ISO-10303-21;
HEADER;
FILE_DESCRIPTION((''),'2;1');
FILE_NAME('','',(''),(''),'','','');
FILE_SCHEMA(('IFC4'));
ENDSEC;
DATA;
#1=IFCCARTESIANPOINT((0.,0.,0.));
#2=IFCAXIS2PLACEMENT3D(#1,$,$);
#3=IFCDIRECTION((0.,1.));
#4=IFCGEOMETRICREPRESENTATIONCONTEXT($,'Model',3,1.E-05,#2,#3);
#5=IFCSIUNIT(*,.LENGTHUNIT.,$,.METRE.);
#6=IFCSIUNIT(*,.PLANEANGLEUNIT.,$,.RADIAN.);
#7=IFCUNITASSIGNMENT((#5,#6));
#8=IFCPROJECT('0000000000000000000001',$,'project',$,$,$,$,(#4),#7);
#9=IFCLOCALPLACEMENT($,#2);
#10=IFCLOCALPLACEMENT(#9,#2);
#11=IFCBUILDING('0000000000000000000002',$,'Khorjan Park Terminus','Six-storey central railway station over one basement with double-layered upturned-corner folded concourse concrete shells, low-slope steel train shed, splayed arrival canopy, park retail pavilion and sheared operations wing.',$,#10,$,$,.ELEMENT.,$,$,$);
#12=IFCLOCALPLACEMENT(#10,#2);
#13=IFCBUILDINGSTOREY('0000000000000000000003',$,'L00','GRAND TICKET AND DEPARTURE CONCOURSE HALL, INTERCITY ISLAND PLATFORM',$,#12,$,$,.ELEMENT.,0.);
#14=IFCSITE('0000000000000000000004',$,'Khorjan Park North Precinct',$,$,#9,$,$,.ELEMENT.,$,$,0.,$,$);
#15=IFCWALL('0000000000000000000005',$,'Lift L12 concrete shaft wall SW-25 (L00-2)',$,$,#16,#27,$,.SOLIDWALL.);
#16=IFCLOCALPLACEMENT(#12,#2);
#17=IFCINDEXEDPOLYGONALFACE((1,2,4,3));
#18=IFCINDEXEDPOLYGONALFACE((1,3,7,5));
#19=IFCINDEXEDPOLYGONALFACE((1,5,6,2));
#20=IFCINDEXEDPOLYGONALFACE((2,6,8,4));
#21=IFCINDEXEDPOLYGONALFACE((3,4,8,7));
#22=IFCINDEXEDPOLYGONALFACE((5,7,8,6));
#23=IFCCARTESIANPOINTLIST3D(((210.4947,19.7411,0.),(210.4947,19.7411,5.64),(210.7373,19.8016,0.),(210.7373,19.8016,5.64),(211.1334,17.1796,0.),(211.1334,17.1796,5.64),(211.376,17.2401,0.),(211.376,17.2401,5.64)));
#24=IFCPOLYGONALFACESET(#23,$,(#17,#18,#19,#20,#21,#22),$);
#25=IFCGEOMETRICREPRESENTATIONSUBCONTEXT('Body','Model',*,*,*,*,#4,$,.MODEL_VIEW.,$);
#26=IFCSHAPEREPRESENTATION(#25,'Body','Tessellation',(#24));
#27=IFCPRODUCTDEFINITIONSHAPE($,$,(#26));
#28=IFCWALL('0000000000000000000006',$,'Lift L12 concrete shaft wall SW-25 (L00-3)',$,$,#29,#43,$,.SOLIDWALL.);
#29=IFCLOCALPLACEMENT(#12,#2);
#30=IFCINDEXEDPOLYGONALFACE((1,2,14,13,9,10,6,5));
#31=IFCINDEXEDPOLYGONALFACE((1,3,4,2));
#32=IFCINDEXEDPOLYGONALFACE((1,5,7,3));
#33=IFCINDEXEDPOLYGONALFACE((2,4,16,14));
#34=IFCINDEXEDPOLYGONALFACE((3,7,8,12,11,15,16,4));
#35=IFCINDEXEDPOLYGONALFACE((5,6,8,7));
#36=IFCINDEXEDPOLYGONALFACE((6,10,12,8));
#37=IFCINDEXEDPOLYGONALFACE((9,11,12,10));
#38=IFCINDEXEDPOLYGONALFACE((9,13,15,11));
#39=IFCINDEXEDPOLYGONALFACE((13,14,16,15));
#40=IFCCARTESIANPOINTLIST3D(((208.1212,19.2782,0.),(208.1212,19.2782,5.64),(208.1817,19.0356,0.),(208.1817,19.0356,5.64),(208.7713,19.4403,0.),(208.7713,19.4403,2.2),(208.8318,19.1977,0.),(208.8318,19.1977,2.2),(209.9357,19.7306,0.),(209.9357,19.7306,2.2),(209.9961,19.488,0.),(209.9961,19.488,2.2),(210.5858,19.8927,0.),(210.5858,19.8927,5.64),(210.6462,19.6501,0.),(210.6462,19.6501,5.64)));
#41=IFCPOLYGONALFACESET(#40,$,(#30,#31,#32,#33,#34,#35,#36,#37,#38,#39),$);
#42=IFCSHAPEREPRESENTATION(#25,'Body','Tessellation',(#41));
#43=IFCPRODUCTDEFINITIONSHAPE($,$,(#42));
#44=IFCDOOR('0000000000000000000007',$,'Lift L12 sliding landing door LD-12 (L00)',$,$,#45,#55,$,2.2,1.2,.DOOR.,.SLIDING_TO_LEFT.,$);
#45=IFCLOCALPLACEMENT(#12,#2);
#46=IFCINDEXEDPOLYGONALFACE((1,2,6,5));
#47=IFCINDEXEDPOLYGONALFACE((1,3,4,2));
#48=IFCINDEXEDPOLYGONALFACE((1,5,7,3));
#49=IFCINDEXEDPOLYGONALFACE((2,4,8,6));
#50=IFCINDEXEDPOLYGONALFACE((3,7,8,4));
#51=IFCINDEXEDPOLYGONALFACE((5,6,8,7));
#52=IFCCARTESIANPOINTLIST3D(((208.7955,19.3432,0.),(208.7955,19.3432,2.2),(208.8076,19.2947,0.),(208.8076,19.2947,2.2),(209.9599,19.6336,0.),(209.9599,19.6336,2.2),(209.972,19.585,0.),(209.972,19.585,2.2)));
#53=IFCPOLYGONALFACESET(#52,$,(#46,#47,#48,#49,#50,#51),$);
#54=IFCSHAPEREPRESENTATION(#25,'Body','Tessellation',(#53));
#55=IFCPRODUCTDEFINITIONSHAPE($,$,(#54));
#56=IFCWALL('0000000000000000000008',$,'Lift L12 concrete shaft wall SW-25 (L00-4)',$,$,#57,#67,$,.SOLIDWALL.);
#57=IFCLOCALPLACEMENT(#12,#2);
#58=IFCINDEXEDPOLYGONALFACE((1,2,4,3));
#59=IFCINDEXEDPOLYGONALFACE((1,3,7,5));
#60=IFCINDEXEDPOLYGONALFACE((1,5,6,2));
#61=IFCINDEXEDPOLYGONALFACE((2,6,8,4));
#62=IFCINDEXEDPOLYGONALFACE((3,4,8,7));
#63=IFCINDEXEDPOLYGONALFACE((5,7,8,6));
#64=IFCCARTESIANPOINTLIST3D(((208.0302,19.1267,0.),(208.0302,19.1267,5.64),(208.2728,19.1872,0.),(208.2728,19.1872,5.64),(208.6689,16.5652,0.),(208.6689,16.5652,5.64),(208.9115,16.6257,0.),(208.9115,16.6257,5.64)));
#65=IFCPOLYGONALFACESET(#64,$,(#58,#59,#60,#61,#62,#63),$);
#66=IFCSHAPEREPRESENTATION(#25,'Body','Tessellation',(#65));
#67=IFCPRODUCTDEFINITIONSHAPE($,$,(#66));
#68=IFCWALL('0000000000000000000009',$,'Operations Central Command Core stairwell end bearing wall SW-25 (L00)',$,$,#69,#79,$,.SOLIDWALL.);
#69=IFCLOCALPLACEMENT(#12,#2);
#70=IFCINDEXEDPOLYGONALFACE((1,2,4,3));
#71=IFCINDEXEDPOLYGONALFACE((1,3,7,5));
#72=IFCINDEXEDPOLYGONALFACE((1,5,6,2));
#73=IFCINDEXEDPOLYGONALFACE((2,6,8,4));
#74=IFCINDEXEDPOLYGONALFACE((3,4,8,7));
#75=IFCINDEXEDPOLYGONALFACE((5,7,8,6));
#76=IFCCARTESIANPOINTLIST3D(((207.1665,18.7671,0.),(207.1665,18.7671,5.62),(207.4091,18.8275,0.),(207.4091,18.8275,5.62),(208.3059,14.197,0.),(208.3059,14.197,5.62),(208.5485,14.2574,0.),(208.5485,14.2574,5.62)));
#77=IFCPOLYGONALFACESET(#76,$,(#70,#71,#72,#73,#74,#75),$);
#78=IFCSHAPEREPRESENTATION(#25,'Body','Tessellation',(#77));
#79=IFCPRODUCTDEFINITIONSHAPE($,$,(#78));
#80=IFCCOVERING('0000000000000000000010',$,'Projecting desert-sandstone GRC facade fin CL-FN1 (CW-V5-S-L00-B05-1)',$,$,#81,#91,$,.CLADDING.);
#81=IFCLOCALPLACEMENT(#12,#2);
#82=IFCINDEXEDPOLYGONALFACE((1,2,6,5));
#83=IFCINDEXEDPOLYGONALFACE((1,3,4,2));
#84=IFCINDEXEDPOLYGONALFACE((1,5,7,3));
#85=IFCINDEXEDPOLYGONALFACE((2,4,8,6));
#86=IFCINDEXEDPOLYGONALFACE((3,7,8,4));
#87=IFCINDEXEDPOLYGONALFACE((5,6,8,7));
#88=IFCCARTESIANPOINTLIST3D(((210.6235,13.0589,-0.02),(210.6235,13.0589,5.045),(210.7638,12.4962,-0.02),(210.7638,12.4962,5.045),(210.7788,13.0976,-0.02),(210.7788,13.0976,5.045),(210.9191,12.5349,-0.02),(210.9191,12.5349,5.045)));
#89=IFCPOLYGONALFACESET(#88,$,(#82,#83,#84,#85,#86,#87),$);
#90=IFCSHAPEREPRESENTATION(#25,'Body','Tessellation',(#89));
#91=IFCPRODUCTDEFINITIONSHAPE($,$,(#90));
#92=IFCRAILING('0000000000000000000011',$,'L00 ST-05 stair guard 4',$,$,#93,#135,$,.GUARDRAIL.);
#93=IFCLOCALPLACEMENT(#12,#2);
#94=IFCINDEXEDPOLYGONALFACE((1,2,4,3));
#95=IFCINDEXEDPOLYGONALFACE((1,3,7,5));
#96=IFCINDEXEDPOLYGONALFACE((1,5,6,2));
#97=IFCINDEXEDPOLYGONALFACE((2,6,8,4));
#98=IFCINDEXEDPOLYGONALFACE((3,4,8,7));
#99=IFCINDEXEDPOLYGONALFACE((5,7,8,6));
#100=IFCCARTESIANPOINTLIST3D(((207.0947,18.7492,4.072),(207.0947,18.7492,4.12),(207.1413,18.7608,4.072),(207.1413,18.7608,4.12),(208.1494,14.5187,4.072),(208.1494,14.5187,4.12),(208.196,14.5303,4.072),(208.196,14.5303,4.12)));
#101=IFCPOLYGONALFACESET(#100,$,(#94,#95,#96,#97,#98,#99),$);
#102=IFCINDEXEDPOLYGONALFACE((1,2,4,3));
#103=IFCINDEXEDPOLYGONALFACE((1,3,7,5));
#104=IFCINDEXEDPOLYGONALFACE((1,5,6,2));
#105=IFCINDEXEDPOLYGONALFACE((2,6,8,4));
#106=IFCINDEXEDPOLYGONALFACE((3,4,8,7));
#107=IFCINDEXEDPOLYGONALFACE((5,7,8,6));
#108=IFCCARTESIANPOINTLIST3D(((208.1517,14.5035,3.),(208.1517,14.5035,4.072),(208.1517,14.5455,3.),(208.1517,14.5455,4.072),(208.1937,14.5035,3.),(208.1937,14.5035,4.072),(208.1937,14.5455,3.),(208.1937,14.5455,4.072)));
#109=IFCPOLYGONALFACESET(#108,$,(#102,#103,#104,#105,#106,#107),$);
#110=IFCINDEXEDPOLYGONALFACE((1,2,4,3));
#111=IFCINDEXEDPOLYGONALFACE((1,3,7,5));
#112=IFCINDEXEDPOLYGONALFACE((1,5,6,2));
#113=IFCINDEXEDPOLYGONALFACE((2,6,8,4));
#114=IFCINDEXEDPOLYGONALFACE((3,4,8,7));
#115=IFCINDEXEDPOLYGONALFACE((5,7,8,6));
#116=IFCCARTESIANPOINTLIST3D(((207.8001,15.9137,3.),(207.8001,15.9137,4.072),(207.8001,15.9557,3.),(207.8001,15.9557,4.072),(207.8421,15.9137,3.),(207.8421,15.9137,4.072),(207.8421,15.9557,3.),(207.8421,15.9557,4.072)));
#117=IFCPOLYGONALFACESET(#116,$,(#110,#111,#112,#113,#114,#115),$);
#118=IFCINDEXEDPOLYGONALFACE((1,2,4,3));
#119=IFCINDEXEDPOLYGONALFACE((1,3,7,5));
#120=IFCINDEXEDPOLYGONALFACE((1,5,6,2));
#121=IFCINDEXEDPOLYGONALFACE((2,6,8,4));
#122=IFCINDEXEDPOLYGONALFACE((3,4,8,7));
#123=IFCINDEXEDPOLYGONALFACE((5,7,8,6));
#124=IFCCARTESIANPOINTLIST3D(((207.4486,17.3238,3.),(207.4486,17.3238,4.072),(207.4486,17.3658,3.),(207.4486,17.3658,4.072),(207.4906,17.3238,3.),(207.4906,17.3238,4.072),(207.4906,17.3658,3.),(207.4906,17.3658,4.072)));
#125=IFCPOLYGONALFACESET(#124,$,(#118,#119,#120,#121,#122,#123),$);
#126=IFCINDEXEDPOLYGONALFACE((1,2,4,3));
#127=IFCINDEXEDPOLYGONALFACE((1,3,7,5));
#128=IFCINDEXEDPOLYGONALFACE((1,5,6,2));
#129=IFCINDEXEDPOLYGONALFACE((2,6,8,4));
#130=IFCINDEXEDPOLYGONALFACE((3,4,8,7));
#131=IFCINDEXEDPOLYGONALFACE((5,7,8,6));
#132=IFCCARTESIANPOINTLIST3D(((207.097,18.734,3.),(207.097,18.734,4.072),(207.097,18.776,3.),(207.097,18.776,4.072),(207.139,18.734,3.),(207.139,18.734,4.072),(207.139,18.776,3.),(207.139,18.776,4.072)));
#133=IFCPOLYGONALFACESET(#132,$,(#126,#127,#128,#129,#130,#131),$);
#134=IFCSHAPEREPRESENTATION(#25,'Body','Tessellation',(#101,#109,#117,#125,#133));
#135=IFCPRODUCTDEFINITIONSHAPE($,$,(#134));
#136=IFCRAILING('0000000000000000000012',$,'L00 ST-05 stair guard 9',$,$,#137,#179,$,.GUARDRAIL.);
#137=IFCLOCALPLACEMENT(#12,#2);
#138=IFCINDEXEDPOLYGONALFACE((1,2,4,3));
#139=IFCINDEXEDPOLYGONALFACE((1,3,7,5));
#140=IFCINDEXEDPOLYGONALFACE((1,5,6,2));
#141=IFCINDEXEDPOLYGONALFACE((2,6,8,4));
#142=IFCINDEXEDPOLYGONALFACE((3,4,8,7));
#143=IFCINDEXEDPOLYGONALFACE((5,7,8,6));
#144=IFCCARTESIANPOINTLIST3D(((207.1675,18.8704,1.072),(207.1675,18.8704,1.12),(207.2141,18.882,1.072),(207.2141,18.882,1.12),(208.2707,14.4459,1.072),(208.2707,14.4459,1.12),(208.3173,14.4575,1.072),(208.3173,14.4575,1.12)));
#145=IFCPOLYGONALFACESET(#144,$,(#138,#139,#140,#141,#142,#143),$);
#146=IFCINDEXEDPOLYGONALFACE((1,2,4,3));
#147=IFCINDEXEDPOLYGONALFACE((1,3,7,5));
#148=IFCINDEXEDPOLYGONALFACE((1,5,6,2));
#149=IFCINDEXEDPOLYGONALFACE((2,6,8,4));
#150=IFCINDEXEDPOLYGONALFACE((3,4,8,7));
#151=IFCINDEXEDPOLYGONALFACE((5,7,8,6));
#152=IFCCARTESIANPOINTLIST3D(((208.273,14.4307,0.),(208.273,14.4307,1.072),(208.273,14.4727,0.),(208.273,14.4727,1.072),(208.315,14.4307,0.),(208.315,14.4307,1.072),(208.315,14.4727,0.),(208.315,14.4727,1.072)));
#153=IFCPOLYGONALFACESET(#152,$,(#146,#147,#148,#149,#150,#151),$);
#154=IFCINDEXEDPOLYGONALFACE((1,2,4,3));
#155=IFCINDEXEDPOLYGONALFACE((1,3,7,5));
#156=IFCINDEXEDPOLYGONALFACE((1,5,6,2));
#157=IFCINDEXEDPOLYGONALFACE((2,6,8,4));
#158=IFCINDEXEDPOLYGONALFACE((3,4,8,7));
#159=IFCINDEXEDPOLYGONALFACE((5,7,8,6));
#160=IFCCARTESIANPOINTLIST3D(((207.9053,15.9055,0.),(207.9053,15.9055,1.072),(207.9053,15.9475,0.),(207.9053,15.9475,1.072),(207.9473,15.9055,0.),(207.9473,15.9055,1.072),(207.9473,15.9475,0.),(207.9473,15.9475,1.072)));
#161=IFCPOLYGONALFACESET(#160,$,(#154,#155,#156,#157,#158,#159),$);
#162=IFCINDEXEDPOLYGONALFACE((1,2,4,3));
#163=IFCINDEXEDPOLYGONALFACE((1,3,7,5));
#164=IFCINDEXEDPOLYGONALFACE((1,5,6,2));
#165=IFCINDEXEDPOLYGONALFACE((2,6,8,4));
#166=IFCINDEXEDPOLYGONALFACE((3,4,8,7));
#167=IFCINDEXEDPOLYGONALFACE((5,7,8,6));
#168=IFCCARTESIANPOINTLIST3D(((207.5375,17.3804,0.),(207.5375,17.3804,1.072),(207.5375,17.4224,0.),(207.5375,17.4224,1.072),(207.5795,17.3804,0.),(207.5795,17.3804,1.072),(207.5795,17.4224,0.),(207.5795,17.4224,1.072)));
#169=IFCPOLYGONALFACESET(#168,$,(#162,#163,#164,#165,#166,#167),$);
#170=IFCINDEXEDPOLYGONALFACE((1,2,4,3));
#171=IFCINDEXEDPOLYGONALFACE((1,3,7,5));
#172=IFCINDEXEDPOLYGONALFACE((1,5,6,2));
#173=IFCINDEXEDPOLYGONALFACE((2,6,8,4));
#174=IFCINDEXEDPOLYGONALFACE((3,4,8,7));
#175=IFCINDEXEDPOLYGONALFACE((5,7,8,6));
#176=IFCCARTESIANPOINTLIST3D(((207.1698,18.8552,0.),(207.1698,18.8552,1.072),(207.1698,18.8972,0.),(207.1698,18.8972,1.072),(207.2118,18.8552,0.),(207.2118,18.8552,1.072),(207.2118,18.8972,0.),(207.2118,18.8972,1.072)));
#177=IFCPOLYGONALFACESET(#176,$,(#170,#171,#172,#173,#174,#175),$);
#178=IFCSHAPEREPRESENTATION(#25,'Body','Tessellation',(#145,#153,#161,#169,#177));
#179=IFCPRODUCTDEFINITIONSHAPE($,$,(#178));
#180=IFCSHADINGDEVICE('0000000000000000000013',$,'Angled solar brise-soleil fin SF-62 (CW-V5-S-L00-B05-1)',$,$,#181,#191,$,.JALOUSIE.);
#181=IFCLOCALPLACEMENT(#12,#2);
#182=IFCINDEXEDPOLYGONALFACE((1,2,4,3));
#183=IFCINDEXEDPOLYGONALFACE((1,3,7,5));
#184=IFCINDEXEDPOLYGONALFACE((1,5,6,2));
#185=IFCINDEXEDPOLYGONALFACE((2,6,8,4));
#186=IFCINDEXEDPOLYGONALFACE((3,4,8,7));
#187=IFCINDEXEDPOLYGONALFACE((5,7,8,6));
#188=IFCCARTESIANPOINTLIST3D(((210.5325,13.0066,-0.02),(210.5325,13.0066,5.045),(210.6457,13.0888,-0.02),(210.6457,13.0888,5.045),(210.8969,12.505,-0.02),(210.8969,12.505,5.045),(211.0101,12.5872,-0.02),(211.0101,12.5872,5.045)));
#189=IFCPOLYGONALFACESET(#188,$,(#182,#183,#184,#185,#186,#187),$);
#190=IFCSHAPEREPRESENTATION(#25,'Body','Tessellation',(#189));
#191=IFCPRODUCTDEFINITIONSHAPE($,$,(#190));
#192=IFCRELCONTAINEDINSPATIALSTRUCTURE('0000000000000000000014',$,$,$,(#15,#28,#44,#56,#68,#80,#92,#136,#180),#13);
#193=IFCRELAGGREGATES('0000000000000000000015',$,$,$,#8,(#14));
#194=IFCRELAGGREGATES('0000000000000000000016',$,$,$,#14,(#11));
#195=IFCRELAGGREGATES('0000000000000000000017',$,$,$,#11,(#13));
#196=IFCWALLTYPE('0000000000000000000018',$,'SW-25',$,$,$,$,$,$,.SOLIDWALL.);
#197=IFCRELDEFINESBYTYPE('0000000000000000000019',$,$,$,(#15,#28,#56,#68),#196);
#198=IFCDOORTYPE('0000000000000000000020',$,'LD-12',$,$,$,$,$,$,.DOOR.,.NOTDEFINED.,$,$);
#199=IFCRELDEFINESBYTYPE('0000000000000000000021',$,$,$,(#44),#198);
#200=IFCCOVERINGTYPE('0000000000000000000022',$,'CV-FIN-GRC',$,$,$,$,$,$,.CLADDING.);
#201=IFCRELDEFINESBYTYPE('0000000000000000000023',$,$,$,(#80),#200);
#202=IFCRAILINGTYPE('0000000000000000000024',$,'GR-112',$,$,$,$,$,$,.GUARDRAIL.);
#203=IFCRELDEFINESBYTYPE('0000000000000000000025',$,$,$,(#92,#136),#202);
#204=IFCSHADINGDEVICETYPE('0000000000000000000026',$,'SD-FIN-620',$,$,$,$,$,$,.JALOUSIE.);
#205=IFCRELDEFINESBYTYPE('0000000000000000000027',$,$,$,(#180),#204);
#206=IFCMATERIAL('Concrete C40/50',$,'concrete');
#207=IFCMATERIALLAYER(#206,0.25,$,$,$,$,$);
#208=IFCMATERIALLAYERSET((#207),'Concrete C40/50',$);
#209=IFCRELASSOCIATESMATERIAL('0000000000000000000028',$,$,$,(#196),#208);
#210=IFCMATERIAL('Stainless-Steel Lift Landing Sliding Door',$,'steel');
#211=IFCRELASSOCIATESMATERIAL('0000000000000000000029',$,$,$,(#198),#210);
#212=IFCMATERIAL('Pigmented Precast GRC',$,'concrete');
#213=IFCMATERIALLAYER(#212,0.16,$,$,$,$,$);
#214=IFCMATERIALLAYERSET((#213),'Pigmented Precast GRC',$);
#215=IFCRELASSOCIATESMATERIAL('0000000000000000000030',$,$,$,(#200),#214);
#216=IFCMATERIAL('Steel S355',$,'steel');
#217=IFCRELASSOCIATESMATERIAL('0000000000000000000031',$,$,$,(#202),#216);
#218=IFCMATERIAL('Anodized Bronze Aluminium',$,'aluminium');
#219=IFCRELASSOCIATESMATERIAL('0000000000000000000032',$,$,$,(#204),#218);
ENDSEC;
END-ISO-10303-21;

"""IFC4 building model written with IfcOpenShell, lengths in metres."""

from ifc_helpers import new_model, si_unit, direction, frame, frame_2d, origin, origin_2d, place, context, subcontext, project, spatial, rectangle, extrude, material, layer, layer_set, type_object, element, fill, save


model = new_model("IFC4")

# Units and contexts
model_context = context("Model", 3, precision=1e-05, world=origin(), true_north=direction((0.0, 1.0)))
body_context = subcontext(model_context, "Body", "Model", "MODEL_VIEW")
ifc_project = project(units=[si_unit("LENGTHUNIT", "METRE"), si_unit("PLANEANGLEUNIT", "RADIAN")], contexts=[model_context])

# Site, building, storey
site_placement = place(None, origin())
site = spatial("IfcSite", under=ifc_project, at=site_placement, Name="Khorjan Park North Precinct", CompositionType="ELEMENT", RefElevation=0.0)
building_placement = place(site_placement, origin())
building = spatial("IfcBuilding", under=site, at=building_placement, Name="Khorjan Park Terminus", Description="Six-storey central railway station over one basement with double-layered upturned-corner folded concourse concrete shells, low-slope steel train shed, splayed arrival canopy, park retail pavilion and sheared operations wing.", CompositionType="ELEMENT")
storey_placement = place(building_placement, origin())
storey = spatial("IfcBuildingStorey", under=building, at=storey_placement, Name="L00", Description="GRAND TICKET AND DEPARTURE CONCOURSE HALL, INTERCITY ISLAND PLATFORM", CompositionType="ELEMENT", Elevation=0.0)

# Shared definitions
ifc_material_1 = material(Name="Concrete C40/50", Category="concrete")

# Shared definitions
ifc_material_2 = material(Name="Anodized Bronze Aluminium", Category="aluminium")

# Wall
ifc_layer_1 = layer(ifc_material_1, 0.25)
ifc_layer_set_1 = layer_set([ifc_layer_1], Name="Concrete C40/50")
wall_type = type_object("IfcWallType", Name="SW-25", PredefinedType="SOLIDWALL", material=ifc_layer_set_1)
wall_1_placement = place(storey_placement, frame((211.2547, 17.2099, 0.0), z_axis=(0.0, 0.0, 1.0), x_axis=(-0.241938, 0.970292, 0.0)))
element("IfcWall", 1, at=wall_1_placement, inside=storey, type_object=wall_type, Name="Lift L12 concrete shaft wall SW-25 (L00-2)", PredefinedType="SOLIDWALL", context=body_context, shape_type="SweptSolid", body=[
    extrude(rectangle(XDim=2.6399, YDim=0.25, at=frame_2d((1.3199, 0.0))), origin(), (0.0, 0.0, 1.0), 5.64),
])

# Wall, opening, door
wall_2_placement = place(storey_placement, frame((210.616, 19.7714, 0.0), z_axis=(0.0, 0.0, 1.0), x_axis=(-0.970293, -0.241933, 0.0)))
wall_2 = element("IfcWall", 2, at=wall_2_placement, inside=storey, type_object=wall_type, Name="Lift L12 concrete shaft wall SW-25 (L00-3)", PredefinedType="SOLIDWALL", context=body_context, shape_type="SweptSolid", body=[
    extrude(rectangle(XDim=2.54, YDim=0.25, at=frame_2d((1.27, 0.0))), origin(), (0.0, 0.0, 1.0), 5.64),
])
opening_placement = place(wall_2_placement, frame((0.67, 0.0, 0.0)))
opening = element("IfcOpeningElement", 3, at=opening_placement, cuts=wall_2, PredefinedType="OPENING", context=body_context, shape_type="SweptSolid", body=[
    extrude(rectangle(XDim=1.2, YDim=2.2, at=frame_2d((0.6, 1.1))), frame((0.0, 0.135, 0.0), z_axis=(0.0, -1.0, 0.0), x_axis=(1.0, 0.0, 0.0)), (0.0, 0.0, 1.0), 0.27),
])
ifc_material_3 = material(Name="Stainless-Steel Lift Landing Sliding Door", Category="steel")
door_type = type_object("IfcDoorType", Name="LD-12", OperationType="NOTDEFINED", PredefinedType="DOOR", material=ifc_material_3)
door_placement = place(opening_placement, origin())
door = element("IfcDoor", 4, at=door_placement, inside=storey, type_object=door_type, Name="Lift L12 sliding landing door LD-12 (L00)", OperationType="SLIDING_TO_LEFT", OverallHeight=2.2, OverallWidth=1.2, PredefinedType="DOOR", context=body_context, shape_type="SweptSolid", body=[
    extrude(rectangle(XDim=1.2, YDim=2.2, at=frame_2d((0.6, 1.1))), frame((0.0, 0.025, 0.0), z_axis=(0.0, -1.0, 0.0), x_axis=(1.0, 0.0, 0.0)), (0.0, 0.0, 1.0), 0.05),
])
fill(opening, door)

# Walls
wall_3_placement = place(storey_placement, frame((208.1515, 19.1569, 0.0), z_axis=(0.0, 0.0, 1.0), x_axis=(0.241938, -0.970292, 0.0)))
element("IfcWall", 5, at=wall_3_placement, inside=storey, type_object=wall_type, Name="Lift L12 concrete shaft wall SW-25 (L00-4)", PredefinedType="SOLIDWALL", context=body_context, shape_type="SweptSolid", body=[
    extrude(rectangle(XDim=2.6399, YDim=0.25, at=frame_2d((1.3199, 0.0))), origin(), (0.0, 0.0, 1.0), 5.64),
])
wall_4_placement = place(storey_placement, frame((208.4272, 14.2272, 0.0), z_axis=(0.0, 0.0, 1.0), x_axis=(-0.241911, 0.970298, 0.0)))
element("IfcWall", 6, at=wall_4_placement, inside=storey, type_object=wall_type, Name="Operations Central Command Core stairwell end bearing wall SW-25 (L00)", PredefinedType="SOLIDWALL", context=body_context, shape_type="SweptSolid", body=[
    extrude(rectangle(XDim=4.71, YDim=0.25, at=frame_2d((2.355, 0.0))), origin(), (0.0, 0.0, 1.0), 5.62),
])

# Covering
ifc_material_4 = material(Name="Pigmented Precast GRC", Category="concrete")
ifc_layer_2 = layer(ifc_material_4, 0.16)
ifc_layer_set_2 = layer_set([ifc_layer_2], Name="Pigmented Precast GRC")
covering_type = type_object("IfcCoveringType", Name="CV-FIN-GRC", PredefinedType="CLADDING", material=ifc_layer_set_2)
covering_placement = place(storey_placement, frame((210.7713, 12.7969, -0.02), z_axis=(0.0, 0.0, 1.0), x_axis=(-0.241922, 0.970296, 0.0)))
element("IfcCovering", 7, at=covering_placement, inside=storey, type_object=covering_type, Name="Projecting desert-sandstone GRC facade fin CL-FN1 (CW-V5-S-L00-B05-1)", PredefinedType="CLADDING", context=body_context, shape_type="SweptSolid", body=[
    extrude(rectangle(XDim=0.58, YDim=0.16, at=origin_2d()), origin(), (0.0, 0.0, 1.0), 5.065),
])

# Railings
ifc_material_5 = material(Name="Steel S355", Category="steel")
railing_type = type_object("IfcRailingType", Name="GR-112", PredefinedType="GUARDRAIL", material=ifc_material_5)
railing_1_placement = place(storey_placement, frame((208.1727, 14.5245, 3.0)))
element("IfcRailing", 8, at=railing_1_placement, inside=storey, type_object=railing_type, Name="L00 ST-05 stair guard 4", PredefinedType="GUARDRAIL", context=body_context, shape_type="SweptSolid", body=[
    extrude(rectangle(XDim=0.048, YDim=0.048, at=origin_2d()), frame((0.0, 0.0, 1.096), z_axis=(-0.241904, 0.9703, 0.0), x_axis=(-0.9703, -0.241904, 0.0)), (0.0, 0.0, 1.0), 4.36),
    extrude(rectangle(XDim=0.042, YDim=0.042, at=origin_2d()), origin(), (0.0, 0.0, 1.0), 1.072),
    extrude(rectangle(XDim=0.042, YDim=0.042, at=origin_2d()), frame((-0.3516, 1.4102, 0.0)), (0.0, 0.0, 1.0), 1.072),
    extrude(rectangle(XDim=0.042, YDim=0.042, at=origin_2d()), frame((-0.7031, 2.8203, 0.0)), (0.0, 0.0, 1.0), 1.072),
    extrude(rectangle(XDim=0.042, YDim=0.042, at=origin_2d()), frame((-1.0547, 4.2305, 0.0)), (0.0, 0.0, 1.0), 1.072),
])
railing_2_placement = place(storey_placement, frame((208.294, 14.4517, 0.0)))
element("IfcRailing", 9, at=railing_2_placement, inside=storey, type_object=railing_type, Name="L00 ST-05 stair guard 9", PredefinedType="GUARDRAIL", context=body_context, shape_type="SweptSolid", body=[
    extrude(rectangle(XDim=0.048, YDim=0.048, at=origin_2d()), frame((0.0, 0.0, 1.096), z_axis=(-0.241932, 0.970293, 0.0), x_axis=(-0.970293, -0.241932, 0.0)), (0.0, 0.0, 1.0), 4.56),
    extrude(rectangle(XDim=0.042, YDim=0.042, at=origin_2d()), origin(), (0.0, 0.0, 1.0), 1.072),
    extrude(rectangle(XDim=0.042, YDim=0.042, at=origin_2d()), frame((-0.3677, 1.4748, 0.0)), (0.0, 0.0, 1.0), 1.072),
    extrude(rectangle(XDim=0.042, YDim=0.042, at=origin_2d()), frame((-0.7355, 2.9497, 0.0)), (0.0, 0.0, 1.0), 1.072),
    extrude(rectangle(XDim=0.042, YDim=0.042, at=origin_2d()), frame((-1.1032, 4.4245, 0.0)), (0.0, 0.0, 1.0), 1.072),
])

# Shading device
shading_device_type = type_object("IfcShadingDeviceType", Name="SD-FIN-620", PredefinedType="JALOUSIE", material=ifc_material_2)
shading_device_placement = place(storey_placement, frame((210.7713, 12.7969, -0.02), z_axis=(0.0, 0.0, 1.0), x_axis=(-0.587785, 0.809017, 0.0)))
element("IfcShadingDevice", 10, at=shading_device_placement, inside=storey, type_object=shading_device_type, Name="Angled solar brise-soleil fin SF-62 (CW-V5-S-L00-B05-1)", PredefinedType="JALOUSIE", context=body_context, shape_type="SweptSolid", body=[
    extrude(rectangle(XDim=0.62, YDim=0.14, at=origin_2d()), origin(), (0.0, 0.0, 1.0), 5.065),
])

save(model, "model.ifc")
